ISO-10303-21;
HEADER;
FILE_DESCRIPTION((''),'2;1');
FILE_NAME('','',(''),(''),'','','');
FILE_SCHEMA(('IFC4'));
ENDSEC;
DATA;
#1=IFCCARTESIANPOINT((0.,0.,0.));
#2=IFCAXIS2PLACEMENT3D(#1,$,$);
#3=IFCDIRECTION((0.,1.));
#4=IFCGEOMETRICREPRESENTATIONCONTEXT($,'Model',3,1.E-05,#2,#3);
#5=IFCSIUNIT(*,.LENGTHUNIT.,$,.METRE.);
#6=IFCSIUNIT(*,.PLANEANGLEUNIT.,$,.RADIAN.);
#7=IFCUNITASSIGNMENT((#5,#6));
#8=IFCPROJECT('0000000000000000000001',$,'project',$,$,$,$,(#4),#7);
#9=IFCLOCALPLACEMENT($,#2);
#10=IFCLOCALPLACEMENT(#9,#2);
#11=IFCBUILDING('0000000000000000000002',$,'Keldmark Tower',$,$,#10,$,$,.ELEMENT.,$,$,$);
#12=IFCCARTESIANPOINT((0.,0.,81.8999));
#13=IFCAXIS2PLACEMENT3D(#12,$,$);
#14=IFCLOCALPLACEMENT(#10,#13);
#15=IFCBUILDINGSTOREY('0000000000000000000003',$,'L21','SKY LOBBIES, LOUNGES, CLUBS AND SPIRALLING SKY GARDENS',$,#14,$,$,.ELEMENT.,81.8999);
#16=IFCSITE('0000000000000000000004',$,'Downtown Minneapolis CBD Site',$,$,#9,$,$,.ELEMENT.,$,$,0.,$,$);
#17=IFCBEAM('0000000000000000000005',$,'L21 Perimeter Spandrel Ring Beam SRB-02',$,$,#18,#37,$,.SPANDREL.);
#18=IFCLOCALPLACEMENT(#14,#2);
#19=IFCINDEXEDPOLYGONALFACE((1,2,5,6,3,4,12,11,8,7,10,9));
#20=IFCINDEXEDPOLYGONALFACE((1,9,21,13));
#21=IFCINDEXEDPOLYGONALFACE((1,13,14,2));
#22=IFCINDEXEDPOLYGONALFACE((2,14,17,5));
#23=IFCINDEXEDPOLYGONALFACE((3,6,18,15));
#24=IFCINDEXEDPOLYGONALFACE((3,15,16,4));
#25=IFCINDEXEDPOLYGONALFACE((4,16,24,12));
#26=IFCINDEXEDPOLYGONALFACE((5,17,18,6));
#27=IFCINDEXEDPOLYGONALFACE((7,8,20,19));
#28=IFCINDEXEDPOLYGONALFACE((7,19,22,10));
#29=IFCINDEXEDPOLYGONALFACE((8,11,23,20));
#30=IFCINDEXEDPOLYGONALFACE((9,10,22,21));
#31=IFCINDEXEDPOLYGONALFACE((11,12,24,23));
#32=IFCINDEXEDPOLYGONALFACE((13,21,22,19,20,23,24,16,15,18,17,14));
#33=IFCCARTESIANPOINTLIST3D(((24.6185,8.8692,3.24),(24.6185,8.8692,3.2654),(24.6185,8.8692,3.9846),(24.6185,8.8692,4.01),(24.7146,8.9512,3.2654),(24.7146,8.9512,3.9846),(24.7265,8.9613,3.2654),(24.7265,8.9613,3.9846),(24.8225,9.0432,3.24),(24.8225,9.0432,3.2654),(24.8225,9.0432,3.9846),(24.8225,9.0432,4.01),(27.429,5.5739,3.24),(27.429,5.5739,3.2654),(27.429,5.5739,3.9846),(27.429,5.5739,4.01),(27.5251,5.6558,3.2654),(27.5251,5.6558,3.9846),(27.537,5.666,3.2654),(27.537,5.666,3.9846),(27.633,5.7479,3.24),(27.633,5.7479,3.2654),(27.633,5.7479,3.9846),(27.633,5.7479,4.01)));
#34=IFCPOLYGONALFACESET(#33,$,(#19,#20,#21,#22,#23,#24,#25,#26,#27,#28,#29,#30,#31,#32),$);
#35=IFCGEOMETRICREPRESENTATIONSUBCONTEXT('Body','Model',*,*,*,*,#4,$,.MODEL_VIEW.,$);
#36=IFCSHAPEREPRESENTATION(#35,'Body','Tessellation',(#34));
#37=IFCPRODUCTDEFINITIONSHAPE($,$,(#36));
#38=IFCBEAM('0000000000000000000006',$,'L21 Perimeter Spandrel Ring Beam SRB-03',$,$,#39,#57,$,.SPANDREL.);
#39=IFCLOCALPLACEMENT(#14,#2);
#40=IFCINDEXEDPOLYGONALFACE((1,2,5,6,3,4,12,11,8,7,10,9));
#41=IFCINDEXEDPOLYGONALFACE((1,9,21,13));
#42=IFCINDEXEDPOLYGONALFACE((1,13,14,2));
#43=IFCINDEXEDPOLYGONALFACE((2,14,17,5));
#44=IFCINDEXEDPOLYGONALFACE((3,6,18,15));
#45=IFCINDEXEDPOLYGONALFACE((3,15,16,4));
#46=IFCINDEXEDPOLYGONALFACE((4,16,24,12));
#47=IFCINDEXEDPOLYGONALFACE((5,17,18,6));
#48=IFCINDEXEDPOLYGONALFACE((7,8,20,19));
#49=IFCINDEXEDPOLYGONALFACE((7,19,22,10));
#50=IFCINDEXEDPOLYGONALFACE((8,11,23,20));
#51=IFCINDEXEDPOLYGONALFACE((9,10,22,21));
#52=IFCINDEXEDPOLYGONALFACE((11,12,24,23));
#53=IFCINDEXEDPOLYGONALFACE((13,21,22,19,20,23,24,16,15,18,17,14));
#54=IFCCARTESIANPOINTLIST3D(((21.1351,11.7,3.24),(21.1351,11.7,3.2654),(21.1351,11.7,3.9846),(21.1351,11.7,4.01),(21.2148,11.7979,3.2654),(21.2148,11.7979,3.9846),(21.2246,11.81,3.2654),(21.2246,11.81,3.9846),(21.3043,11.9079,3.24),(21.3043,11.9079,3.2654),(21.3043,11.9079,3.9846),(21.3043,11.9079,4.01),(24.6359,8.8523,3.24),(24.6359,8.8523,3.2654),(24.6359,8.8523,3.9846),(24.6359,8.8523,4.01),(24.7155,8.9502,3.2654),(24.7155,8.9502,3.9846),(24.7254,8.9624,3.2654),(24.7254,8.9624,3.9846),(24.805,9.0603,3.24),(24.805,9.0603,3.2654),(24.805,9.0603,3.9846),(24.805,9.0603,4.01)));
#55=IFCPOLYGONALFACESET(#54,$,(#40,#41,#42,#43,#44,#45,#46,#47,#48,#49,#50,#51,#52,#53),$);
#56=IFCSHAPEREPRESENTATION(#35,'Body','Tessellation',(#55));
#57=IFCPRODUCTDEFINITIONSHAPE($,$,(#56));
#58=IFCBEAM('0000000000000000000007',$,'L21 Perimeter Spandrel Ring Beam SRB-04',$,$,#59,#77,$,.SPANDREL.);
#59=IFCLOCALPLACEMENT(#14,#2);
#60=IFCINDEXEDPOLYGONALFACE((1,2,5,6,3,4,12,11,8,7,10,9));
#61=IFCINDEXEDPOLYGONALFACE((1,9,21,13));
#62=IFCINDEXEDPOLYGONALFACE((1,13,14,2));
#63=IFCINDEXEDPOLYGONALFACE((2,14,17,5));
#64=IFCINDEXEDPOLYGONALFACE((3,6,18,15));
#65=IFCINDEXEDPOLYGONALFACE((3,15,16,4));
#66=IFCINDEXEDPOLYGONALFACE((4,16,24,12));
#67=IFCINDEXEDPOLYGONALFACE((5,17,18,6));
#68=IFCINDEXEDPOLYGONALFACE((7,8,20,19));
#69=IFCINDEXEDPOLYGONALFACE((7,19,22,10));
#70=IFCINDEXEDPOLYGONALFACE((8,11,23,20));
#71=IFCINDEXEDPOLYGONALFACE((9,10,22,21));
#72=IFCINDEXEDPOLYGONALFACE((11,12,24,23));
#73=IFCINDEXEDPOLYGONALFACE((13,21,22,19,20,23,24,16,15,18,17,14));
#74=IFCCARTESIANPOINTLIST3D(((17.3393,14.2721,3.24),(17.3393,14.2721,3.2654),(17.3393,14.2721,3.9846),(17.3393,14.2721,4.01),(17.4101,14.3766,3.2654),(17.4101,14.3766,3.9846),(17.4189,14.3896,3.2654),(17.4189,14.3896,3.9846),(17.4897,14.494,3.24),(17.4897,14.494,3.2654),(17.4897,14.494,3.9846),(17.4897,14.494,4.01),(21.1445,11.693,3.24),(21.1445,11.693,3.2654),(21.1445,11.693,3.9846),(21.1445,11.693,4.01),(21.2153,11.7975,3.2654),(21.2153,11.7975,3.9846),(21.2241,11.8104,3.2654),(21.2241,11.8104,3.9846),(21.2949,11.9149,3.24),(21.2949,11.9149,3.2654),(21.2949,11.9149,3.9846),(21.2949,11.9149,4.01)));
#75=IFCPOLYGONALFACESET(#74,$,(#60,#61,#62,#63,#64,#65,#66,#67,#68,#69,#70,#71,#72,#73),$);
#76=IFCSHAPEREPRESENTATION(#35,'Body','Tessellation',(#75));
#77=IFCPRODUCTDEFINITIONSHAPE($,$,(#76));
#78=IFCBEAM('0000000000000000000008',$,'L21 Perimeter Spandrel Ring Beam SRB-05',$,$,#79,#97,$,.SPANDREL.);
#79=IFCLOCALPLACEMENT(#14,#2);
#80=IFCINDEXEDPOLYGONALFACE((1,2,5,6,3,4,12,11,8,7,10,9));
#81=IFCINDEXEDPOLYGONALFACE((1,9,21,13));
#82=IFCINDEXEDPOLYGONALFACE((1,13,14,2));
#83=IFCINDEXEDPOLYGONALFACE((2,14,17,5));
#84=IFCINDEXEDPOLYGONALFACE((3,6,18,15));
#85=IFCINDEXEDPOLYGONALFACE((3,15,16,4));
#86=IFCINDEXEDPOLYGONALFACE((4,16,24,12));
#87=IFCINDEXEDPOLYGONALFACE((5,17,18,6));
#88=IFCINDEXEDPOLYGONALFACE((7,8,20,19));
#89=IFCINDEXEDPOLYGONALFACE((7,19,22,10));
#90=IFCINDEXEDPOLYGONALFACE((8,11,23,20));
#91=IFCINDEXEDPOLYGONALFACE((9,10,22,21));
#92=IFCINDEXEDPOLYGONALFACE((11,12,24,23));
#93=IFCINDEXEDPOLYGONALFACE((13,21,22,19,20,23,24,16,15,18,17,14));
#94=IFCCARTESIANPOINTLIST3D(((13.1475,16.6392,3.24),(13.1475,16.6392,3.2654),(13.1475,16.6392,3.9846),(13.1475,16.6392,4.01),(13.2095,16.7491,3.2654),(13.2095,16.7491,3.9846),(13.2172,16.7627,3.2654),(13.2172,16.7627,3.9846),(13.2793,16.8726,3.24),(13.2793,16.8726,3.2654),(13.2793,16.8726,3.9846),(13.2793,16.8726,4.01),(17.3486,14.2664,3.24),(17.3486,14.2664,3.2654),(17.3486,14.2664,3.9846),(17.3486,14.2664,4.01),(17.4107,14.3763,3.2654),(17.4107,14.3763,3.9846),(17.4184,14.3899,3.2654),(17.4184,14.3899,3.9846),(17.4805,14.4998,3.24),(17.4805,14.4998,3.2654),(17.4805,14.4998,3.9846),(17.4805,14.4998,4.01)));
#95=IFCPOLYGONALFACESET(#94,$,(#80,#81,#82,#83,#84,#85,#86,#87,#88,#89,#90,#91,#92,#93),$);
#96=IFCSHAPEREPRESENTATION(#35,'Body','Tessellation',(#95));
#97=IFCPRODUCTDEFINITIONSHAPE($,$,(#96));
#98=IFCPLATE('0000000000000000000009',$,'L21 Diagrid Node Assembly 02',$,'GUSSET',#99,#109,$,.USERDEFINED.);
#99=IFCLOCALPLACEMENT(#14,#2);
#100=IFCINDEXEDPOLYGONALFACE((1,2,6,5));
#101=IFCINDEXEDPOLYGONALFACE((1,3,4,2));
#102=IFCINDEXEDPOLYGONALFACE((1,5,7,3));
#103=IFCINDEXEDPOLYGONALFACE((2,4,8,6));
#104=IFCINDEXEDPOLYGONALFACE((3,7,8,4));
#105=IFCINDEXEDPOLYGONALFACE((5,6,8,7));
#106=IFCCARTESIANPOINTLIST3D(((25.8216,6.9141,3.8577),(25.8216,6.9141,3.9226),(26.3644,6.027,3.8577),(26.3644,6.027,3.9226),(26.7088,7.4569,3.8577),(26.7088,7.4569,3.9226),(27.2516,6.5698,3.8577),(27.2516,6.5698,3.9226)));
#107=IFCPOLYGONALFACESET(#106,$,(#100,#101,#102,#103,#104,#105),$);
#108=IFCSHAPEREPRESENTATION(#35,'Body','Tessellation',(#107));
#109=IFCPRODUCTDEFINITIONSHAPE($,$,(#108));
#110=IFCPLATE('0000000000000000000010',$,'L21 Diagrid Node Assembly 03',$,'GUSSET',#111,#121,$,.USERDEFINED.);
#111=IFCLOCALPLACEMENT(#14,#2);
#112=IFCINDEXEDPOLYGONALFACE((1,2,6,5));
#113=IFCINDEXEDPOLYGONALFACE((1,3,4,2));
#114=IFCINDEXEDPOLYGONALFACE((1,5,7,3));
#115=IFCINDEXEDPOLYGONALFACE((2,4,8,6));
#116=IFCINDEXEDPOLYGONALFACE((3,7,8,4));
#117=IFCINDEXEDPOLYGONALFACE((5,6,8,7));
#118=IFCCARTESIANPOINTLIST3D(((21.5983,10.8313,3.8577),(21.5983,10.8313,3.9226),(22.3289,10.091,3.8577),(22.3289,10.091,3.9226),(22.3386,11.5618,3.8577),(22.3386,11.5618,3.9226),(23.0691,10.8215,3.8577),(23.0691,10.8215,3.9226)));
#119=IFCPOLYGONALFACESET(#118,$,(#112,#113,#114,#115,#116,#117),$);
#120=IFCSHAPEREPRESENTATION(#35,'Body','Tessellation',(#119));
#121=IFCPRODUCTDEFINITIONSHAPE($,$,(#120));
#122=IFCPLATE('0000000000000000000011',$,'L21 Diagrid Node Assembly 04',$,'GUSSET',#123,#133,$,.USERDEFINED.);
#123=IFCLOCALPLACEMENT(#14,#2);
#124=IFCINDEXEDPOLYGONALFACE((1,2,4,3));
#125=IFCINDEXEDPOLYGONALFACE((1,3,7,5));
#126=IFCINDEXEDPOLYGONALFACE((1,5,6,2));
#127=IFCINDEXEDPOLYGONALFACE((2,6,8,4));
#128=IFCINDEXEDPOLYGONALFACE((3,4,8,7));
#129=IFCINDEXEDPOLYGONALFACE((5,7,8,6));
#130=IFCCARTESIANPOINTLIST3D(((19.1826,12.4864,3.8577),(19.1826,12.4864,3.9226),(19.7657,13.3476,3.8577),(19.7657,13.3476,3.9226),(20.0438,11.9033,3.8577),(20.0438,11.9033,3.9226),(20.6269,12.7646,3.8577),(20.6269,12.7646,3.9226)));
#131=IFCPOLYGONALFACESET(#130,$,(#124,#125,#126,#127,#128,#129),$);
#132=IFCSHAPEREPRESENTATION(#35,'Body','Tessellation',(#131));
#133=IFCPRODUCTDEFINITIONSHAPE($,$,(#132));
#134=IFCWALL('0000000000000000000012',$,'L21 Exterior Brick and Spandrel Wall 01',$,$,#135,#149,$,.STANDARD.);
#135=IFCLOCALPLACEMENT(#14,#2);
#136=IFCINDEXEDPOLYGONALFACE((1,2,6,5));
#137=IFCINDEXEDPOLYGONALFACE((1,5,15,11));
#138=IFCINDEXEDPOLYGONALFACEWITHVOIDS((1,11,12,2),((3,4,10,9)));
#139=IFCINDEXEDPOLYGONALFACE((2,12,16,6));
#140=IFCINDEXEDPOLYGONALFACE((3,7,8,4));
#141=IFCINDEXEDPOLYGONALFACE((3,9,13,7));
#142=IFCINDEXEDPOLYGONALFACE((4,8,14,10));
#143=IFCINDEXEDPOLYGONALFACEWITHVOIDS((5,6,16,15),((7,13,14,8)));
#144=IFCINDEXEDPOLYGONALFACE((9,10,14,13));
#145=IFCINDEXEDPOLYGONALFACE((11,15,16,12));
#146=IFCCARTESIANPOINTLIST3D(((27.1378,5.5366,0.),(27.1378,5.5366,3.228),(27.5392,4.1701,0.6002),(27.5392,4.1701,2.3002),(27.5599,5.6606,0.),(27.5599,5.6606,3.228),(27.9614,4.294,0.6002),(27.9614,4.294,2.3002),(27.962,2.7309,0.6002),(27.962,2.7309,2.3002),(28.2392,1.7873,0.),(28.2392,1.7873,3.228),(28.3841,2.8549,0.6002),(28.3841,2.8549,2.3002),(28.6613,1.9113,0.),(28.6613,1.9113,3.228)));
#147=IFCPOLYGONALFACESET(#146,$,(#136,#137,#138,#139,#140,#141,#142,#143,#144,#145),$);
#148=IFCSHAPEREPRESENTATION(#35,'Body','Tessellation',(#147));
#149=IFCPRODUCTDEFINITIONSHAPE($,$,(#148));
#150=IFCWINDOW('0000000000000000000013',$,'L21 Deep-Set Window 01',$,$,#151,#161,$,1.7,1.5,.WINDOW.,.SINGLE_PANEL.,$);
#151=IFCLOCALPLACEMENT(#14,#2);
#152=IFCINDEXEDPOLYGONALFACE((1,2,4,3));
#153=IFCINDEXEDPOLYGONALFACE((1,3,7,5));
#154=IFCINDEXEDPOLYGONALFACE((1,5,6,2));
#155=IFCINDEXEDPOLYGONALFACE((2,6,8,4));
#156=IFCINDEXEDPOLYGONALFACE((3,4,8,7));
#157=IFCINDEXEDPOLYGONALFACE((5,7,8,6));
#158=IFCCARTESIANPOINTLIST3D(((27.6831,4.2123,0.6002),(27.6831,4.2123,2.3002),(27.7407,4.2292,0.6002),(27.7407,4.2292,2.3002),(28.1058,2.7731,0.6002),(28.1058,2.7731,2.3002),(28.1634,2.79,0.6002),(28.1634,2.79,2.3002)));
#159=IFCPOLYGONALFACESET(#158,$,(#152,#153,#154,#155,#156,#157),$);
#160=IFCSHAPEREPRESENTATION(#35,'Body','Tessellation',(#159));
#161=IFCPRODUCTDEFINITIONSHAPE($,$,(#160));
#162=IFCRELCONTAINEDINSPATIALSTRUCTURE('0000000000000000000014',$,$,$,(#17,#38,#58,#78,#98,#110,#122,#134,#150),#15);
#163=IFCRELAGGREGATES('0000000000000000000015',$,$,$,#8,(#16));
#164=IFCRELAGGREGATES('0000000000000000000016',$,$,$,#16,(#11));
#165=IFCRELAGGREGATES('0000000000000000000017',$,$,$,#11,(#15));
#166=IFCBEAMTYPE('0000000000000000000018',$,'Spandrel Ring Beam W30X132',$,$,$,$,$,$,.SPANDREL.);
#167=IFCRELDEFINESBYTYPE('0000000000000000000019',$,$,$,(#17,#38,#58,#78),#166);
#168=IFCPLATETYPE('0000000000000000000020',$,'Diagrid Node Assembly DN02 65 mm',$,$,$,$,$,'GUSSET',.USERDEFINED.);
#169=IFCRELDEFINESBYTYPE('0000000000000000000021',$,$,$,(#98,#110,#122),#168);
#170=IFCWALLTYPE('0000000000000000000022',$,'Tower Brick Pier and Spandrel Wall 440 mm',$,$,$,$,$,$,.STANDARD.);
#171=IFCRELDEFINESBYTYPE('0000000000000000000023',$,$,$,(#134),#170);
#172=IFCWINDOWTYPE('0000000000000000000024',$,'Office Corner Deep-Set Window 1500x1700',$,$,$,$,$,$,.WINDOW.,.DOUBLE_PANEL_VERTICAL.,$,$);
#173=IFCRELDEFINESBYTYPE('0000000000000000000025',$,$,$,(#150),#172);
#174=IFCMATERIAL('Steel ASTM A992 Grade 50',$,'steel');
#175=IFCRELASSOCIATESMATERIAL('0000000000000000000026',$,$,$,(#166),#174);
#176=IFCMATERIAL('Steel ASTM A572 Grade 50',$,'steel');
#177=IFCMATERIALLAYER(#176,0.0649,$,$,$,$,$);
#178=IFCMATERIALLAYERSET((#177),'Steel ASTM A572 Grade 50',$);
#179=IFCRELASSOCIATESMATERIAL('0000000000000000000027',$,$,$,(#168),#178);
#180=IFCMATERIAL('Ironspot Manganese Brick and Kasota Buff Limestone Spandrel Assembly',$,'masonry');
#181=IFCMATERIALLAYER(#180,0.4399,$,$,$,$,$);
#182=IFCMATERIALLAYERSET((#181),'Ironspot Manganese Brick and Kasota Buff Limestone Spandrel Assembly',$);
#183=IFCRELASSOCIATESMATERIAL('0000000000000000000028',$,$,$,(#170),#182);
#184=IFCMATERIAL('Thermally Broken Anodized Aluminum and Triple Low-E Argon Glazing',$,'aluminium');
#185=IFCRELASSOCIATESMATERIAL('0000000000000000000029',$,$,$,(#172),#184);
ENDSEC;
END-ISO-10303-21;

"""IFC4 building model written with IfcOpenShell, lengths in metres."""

from ifc_helpers import new_model, si_unit, direction, frame, frame_2d, origin, origin_2d, place, context, subcontext, project, spatial, rectangle, i_section, extrude, material, layer, layer_set, material_profile, profile_set, type_object, element, fill, save


model = new_model("IFC4")

# Units and contexts
model_context = context("Model", 3, precision=1e-05, world=origin(), true_north=direction((0.0, 1.0)))
body_context = subcontext(model_context, "Body", "Model", "MODEL_VIEW")
ifc_project = project(units=[si_unit("LENGTHUNIT", "METRE"), si_unit("PLANEANGLEUNIT", "RADIAN")], contexts=[model_context])

# Site, building, storey
site_placement = place(None, origin())
site = spatial("IfcSite", under=ifc_project, at=site_placement, Name="Downtown Minneapolis CBD Site", CompositionType="ELEMENT", RefElevation=0.0)
building_placement = place(site_placement, origin())
building = spatial("IfcBuilding", under=site, at=building_placement, Name="Keldmark Tower", CompositionType="ELEMENT")
storey_placement = place(building_placement, frame((0.0, 0.0, 81.8999)))
storey = spatial("IfcBuildingStorey", under=building, at=storey_placement, Name="L21", Description="SKY LOBBIES, LOUNGES, CLUBS AND SPIRALLING SKY GARDENS", CompositionType="ELEMENT", Elevation=81.8999)

# Beams
ifc_material_1 = material(Name="Steel ASTM A992 Grade 50", Category="steel")
ifc_material_profile_1 = material_profile(ifc_material_1, i_section(OverallWidth=0.2681, OverallDepth=0.77, WebThickness=0.0156, FlangeThickness=0.0254, at=origin_2d()), Name="W30X132")
ifc_profile_set_1 = profile_set([ifc_material_profile_1], Name="Steel ASTM A992 Grade 50")
beam_type_1 = type_object("IfcBeamType", Name="Spandrel Ring Beam W30X132", PredefinedType="SPANDREL", material=ifc_profile_set_1)
beam_1_placement = place(storey_placement, frame((27.531, 5.6609, 3.625), z_axis=(-0.648914, 0.760862, 0.0), x_axis=(-0.760862, -0.648914, 0.0)))
element("IfcBeam", 1, at=beam_1_placement, inside=storey, type_object=beam_type_1, Name="L21 Perimeter Spandrel Ring Beam SRB-02", PredefinedType="SPANDREL", context=body_context, shape_type="SweptSolid", body=[
    extrude(i_section(OverallWidth=0.2681, OverallDepth=0.77, WebThickness=0.0156, FlangeThickness=0.0254, at=origin_2d()), origin(), (0.0, 0.0, 1.0), 4.3311),
])
beam_2_placement = place(storey_placement, frame((24.7205, 8.9563, 3.625), z_axis=(-0.775755, 0.631034, 0.0), x_axis=(-0.631034, -0.775755, 0.0)))
element("IfcBeam", 2, at=beam_2_placement, inside=storey, type_object=beam_type_1, Name="L21 Perimeter Spandrel Ring Beam SRB-03", PredefinedType="SPANDREL", context=body_context, shape_type="SweptSolid", body=[
    extrude(i_section(OverallWidth=0.2681, OverallDepth=0.77, WebThickness=0.0156, FlangeThickness=0.0254, at=origin_2d()), origin(), (0.0, 0.0, 1.0), 4.5127),
])
beam_3_placement = place(storey_placement, frame((21.2197, 11.804, 3.625), z_axis=(-0.827777, 0.561057, 0.0), x_axis=(-0.561057, -0.827777, 0.0)))
element("IfcBeam", 3, at=beam_3_placement, inside=storey, type_object=beam_type_1, Name="L21 Perimeter Spandrel Ring Beam SRB-04", PredefinedType="SPANDREL", context=body_context, shape_type="SweptSolid", body=[
    extrude(i_section(OverallWidth=0.2681, OverallDepth=0.77, WebThickness=0.0156, FlangeThickness=0.0254, at=origin_2d()), origin(), (0.0, 0.0, 1.0), 4.5969),
])
beam_4_placement = place(storey_placement, frame((17.4146, 14.3831, 3.625), z_axis=(-0.87072, 0.491779, 0.0), x_axis=(-0.491779, -0.87072, 0.0)))
element("IfcBeam", 4, at=beam_4_placement, inside=storey, type_object=beam_type_1, Name="L21 Perimeter Spandrel Ring Beam SRB-05", PredefinedType="SPANDREL", context=body_context, shape_type="SweptSolid", body=[
    extrude(i_section(OverallWidth=0.2681, OverallDepth=0.77, WebThickness=0.0156, FlangeThickness=0.0254, at=origin_2d()), origin(), (0.0, 0.0, 1.0), 4.825),
])

# Plates
ifc_material_2 = material(Name="Steel ASTM A572 Grade 50", Category="steel")
ifc_layer_1 = layer(ifc_material_2, 0.0649)
ifc_layer_set_1 = layer_set([ifc_layer_1], Name="Steel ASTM A572 Grade 50")
plate_type = type_object("IfcPlateType", Name="Diagrid Node Assembly DN02 65 mm", ElementType="GUSSET", PredefinedType="USERDEFINED", material=ifc_layer_set_1)
for number, where, z_axis, x_axis, name in (
    (5, (26.5366, 6.7419, 3.8577), (0.0, 0.0, 1.0), (-0.521903, 0.853005, 0.0), "L21 Diagrid Node Assembly 02"),
    (6, (22.3337, 10.8264, 3.8577), (0.0, 0.0, 1.0), (-0.702402, 0.711781, 0.0), "L21 Diagrid Node Assembly 03"),
    (7, (19.9048, 12.6255, 3.8577), (0.0, 0.0, 1.0), (-0.82806, 0.560639, 0.0), "L21 Diagrid Node Assembly 04"),
):
    element("IfcPlate", number, at=place(storey_placement, frame(where, z_axis=z_axis, x_axis=x_axis)), inside=storey, type_object=plate_type, Name=name, ObjectType="GUSSET", PredefinedType="USERDEFINED", context=body_context, shape_type="SweptSolid", body=[
        extrude(rectangle(XDim=1.04, YDim=1.04, at=origin_2d()), origin(), (0.0, 0.0, 1.0), 0.0649),
    ])

# Wall, opening, window
ifc_material_3 = material(Name="Ironspot Manganese Brick and Kasota Buff Limestone Spandrel Assembly", Category="masonry")
ifc_layer_2 = layer(ifc_material_3, 0.4399)
ifc_layer_set_2 = layer_set([ifc_layer_2], Name="Ironspot Manganese Brick and Kasota Buff Limestone Spandrel Assembly")
wall_type = type_object("IfcWallType", Name="Tower Brick Pier and Spandrel Wall 440 mm", PredefinedType="STANDARD", material=ifc_layer_set_2)
wall_1_placement = place(storey_placement, frame((27.3489, 5.5986, 0.0), z_axis=(0.0, 0.0, 1.0), x_axis=(0.281835, -0.959463, 0.0)))
wall_1 = element("IfcWall", 8, at=wall_1_placement, inside=storey, type_object=wall_type, Name="L21 Exterior Brick and Spandrel Wall 01", PredefinedType="STANDARD", context=body_context, shape_type="SweptSolid", body=[
    extrude(rectangle(XDim=3.9077, YDim=0.4399, at=frame_2d((1.9539, 0.0))), origin(), (0.0, 0.0, 1.0), 3.228),
])
opening_1_placement = place(wall_1_placement, frame((1.4243, 0.0, 0.6001)))
opening_1 = element("IfcOpeningElement", 9, at=opening_1_placement, cuts=wall_1, PredefinedType="OPENING", context=body_context, shape_type="SweptSolid", body=[
    extrude(rectangle(XDim=1.5, YDim=1.7, at=frame_2d((0.75, 0.8501))), frame((0.0, 0.23, 0.0), z_axis=(0.0, -1.0, 0.0), x_axis=(1.0, 0.0, 0.0)), (0.0, 0.0, 1.0), 0.46),
])
ifc_material_4 = material(Name="Thermally Broken Anodized Aluminum and Triple Low-E Argon Glazing", Category="aluminium")
window_type_1 = type_object("IfcWindowType", Name="Office Corner Deep-Set Window 1500x1700", PartitioningType="DOUBLE_PANEL_VERTICAL", PredefinedType="WINDOW", material=ifc_material_4)
window_1_placement = place(opening_1_placement, origin())
window_1 = element("IfcWindow", 10, at=window_1_placement, inside=storey, type_object=window_type_1, Name="L21 Deep-Set Window 01", OverallHeight=1.7, OverallWidth=1.5, PartitioningType="SINGLE_PANEL", PredefinedType="WINDOW", context=body_context, shape_type="SweptSolid", body=[
    extrude(rectangle(XDim=1.5, YDim=1.7, at=frame_2d((0.75, 0.8501))), frame((0.0, -0.01, 0.0), z_axis=(0.0, -1.0, 0.0), x_axis=(1.0, 0.0, 0.0)), (0.0, 0.0, 1.0), 0.0601),
])
fill(opening_1, window_1)

save(model, "model.ifc")
